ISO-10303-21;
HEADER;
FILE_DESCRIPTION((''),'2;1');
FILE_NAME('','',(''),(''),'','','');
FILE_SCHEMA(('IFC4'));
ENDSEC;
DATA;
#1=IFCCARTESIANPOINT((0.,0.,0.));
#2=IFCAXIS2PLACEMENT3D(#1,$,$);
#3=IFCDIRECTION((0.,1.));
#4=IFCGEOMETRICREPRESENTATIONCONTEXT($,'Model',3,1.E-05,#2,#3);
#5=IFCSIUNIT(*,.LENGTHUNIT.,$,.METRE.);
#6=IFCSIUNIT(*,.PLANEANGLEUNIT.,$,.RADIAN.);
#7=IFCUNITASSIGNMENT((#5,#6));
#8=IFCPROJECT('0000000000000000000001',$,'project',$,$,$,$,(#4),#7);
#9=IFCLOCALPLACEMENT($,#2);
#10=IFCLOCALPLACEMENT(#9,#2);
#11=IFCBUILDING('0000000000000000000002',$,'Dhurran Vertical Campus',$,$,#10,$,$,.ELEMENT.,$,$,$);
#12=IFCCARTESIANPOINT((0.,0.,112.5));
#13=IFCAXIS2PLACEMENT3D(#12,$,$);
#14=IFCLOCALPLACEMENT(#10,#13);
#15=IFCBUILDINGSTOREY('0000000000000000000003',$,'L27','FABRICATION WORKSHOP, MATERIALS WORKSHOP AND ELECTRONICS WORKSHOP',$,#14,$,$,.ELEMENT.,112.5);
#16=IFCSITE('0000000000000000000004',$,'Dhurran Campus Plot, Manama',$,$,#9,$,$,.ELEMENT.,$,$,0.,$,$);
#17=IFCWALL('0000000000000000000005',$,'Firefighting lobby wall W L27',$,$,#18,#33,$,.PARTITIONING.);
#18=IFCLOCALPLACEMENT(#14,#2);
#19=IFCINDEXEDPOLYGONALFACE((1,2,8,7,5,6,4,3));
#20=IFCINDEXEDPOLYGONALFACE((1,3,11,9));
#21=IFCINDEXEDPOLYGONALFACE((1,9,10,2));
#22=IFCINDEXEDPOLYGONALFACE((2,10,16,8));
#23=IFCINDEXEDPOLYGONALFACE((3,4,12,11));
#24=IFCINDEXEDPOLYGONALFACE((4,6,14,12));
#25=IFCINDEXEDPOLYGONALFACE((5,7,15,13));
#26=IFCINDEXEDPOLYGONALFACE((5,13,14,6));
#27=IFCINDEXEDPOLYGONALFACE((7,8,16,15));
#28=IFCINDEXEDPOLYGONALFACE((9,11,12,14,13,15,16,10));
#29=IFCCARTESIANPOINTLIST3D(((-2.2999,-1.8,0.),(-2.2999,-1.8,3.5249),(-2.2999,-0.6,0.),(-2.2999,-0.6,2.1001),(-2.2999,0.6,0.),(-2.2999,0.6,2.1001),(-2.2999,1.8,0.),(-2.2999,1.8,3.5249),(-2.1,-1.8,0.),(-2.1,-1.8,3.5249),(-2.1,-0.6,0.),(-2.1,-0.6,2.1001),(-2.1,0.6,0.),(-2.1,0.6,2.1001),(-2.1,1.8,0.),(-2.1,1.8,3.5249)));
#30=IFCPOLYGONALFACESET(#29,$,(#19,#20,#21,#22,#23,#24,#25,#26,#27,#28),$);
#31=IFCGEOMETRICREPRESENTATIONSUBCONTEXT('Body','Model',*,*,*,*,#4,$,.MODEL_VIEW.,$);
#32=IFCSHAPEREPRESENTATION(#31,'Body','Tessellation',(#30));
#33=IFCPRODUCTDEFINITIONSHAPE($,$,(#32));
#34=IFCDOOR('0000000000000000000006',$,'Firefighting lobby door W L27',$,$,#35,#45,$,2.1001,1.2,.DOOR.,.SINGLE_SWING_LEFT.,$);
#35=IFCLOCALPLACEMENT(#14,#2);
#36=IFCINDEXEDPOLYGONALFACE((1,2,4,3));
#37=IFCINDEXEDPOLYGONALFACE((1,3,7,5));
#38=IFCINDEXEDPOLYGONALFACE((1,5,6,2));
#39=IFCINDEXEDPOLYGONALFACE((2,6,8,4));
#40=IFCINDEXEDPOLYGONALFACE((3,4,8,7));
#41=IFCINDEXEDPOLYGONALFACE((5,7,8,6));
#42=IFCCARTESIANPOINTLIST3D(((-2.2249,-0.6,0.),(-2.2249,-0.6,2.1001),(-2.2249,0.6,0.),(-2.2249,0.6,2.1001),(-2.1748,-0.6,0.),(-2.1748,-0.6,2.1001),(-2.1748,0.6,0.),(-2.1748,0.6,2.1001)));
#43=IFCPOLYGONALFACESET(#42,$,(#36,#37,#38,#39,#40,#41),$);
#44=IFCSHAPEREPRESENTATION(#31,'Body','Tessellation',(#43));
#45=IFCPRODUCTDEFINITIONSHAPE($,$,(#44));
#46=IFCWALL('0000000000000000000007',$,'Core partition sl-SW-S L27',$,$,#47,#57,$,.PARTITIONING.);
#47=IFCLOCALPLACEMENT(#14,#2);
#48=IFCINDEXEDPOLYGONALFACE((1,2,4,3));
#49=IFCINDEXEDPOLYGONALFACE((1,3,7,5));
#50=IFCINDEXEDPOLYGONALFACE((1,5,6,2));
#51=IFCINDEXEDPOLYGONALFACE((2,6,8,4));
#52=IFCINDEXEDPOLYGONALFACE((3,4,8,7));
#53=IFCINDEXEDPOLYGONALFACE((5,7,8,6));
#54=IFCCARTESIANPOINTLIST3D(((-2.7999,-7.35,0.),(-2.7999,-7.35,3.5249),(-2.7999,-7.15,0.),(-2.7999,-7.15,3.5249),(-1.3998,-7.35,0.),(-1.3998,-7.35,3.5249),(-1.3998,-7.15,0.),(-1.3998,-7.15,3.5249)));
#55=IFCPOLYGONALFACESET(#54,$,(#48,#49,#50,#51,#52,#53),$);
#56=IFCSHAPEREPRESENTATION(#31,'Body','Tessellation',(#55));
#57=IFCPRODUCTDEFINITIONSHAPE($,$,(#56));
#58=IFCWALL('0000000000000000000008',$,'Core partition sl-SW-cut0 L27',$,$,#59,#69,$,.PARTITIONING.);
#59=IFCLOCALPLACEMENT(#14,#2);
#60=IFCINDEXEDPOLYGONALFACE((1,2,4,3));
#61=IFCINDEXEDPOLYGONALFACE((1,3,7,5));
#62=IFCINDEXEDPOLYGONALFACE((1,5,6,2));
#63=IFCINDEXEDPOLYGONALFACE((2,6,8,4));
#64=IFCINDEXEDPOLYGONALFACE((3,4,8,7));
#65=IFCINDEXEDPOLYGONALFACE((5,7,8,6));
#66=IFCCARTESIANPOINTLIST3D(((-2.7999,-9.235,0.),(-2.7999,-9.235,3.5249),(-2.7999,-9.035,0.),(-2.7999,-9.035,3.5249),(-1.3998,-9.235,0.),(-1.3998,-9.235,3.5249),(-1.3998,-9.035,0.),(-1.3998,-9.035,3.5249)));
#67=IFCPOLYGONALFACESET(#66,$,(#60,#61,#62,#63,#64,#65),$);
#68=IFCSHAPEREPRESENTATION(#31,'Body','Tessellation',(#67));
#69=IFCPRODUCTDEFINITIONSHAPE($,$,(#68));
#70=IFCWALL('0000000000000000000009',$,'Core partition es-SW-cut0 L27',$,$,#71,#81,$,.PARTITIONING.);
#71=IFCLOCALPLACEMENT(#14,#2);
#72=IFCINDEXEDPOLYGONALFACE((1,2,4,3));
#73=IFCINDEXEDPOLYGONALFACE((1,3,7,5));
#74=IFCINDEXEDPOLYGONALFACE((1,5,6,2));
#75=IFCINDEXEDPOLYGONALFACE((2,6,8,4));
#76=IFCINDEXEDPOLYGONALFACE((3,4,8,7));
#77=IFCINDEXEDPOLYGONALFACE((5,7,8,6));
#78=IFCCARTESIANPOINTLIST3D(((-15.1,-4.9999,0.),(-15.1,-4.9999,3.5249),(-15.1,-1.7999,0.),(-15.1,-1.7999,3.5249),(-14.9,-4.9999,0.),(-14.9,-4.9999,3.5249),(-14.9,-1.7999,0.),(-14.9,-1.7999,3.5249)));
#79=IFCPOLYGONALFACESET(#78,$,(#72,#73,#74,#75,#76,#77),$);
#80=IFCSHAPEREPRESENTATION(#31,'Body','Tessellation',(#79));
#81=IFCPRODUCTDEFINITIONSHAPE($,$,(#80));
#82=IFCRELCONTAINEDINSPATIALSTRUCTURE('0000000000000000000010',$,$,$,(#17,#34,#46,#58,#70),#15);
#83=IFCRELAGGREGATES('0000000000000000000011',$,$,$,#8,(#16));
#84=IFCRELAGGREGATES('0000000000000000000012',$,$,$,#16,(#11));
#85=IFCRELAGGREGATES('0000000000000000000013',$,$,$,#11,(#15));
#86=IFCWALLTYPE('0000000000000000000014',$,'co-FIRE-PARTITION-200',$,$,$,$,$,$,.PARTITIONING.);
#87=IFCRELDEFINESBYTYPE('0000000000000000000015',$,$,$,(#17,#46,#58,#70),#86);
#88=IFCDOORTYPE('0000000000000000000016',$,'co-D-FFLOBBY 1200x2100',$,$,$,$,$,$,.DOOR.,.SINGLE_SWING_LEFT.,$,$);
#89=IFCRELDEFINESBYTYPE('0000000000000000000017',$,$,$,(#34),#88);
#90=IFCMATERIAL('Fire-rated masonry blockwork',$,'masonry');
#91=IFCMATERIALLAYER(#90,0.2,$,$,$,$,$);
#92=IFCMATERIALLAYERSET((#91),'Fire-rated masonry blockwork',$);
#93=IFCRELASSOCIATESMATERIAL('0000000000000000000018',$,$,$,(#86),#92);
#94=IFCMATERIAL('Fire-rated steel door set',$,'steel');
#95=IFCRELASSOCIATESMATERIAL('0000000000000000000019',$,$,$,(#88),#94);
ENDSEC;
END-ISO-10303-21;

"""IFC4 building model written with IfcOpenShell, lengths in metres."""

from ifc_helpers import new_model, si_unit, direction, frame, frame_2d, origin, place, context, subcontext, project, spatial, rectangle, extrude, material, layer, layer_set, type_object, element, fill, save


model = new_model("IFC4")

# Units and contexts
model_context = context("Model", 3, precision=1e-05, world=origin(), true_north=direction((0.0, 1.0)))
body_context = subcontext(model_context, "Body", "Model", "MODEL_VIEW")
ifc_project = project(units=[si_unit("LENGTHUNIT", "METRE"), si_unit("PLANEANGLEUNIT", "RADIAN")], contexts=[model_context])

# Site, building, storey
site_placement = place(None, origin())
site = spatial("IfcSite", under=ifc_project, at=site_placement, Name="Dhurran Campus Plot, Manama", CompositionType="ELEMENT", RefElevation=0.0)
building_placement = place(site_placement, origin())
building = spatial("IfcBuilding", under=site, at=building_placement, Name="Dhurran Vertical Campus", CompositionType="ELEMENT")
storey_placement = place(building_placement, frame((0.0, 0.0, 112.5)))
storey = spatial("IfcBuildingStorey", under=building, at=storey_placement, Name="L27", Description="FABRICATION WORKSHOP, MATERIALS WORKSHOP AND ELECTRONICS WORKSHOP", CompositionType="ELEMENT", Elevation=112.5)

# Wall, opening, door
ifc_material_1 = material(Name="Fire-rated masonry blockwork", Category="masonry")
ifc_layer_1 = layer(ifc_material_1, 0.2)
ifc_layer_set_1 = layer_set([ifc_layer_1], Name="Fire-rated masonry blockwork")
wall_type_1 = type_object("IfcWallType", Name="co-FIRE-PARTITION-200", PredefinedType="PARTITIONING", material=ifc_layer_set_1)
wall_1_placement = place(storey_placement, frame((-2.2, -1.8, 0.0), z_axis=(0.0, 0.0, 1.0), x_axis=(0.0, 1.0, 0.0)))
wall_1 = element("IfcWall", 1, at=wall_1_placement, inside=storey, type_object=wall_type_1, Name="Firefighting lobby wall W L27", PredefinedType="PARTITIONING", context=body_context, shape_type="SweptSolid", body=[
    extrude(rectangle(XDim=3.6001, YDim=0.2, at=frame_2d((1.8, 0.0))), origin(), (0.0, 0.0, 1.0), 3.5249),
])
opening_1_placement = place(wall_1_placement, frame((1.2, 0.0, 0.0)))
opening_1 = element("IfcOpeningElement", 2, at=opening_1_placement, cuts=wall_1, PredefinedType="OPENING", context=body_context, shape_type="SweptSolid", body=[
    extrude(rectangle(XDim=1.2, YDim=2.1001, at=frame_2d((0.6001, 1.05))), frame((0.0, 0.1099, 0.0), z_axis=(0.0, -1.0, 0.0), x_axis=(1.0, 0.0, 0.0)), (0.0, 0.0, 1.0), 0.22),
])
ifc_material_2 = material(Name="Fire-rated steel door set", Category="steel")
door_type_1 = type_object("IfcDoorType", Name="co-D-FFLOBBY 1200x2100", OperationType="SINGLE_SWING_LEFT", PredefinedType="DOOR", material=ifc_material_2)
door_1_placement = place(opening_1_placement, origin())
door_1 = element("IfcDoor", 3, at=door_1_placement, inside=storey, type_object=door_type_1, Name="Firefighting lobby door W L27", OperationType="SINGLE_SWING_LEFT", OverallHeight=2.1001, OverallWidth=1.2, PredefinedType="DOOR", context=body_context, shape_type="SweptSolid", body=[
    extrude(rectangle(XDim=1.2, YDim=2.1001, at=frame_2d((0.6001, 1.05))), frame((0.0, 0.0249, 0.0), z_axis=(0.0, -1.0, 0.0), x_axis=(1.0, 0.0, 0.0)), (0.0, 0.0, 1.0), 0.05),
])
fill(opening_1, door_1)

# Walls
for number, where, z_axis, x_axis, name in (
    (4, (-2.8, -7.25, 0.0), (0.0, 0.0, 1.0), (1.0, 0.0, 0.0), "Core partition sl-SW-S L27"),
    (5, (-2.8, -9.135, 0.0), (0.0, 0.0, 1.0), (1.0, 0.0, 0.0), "Core partition sl-SW-cut0 L27"),
):
    element("IfcWall", number, at=place(storey_placement, frame(where, z_axis=z_axis, x_axis=x_axis)), inside=storey, type_object=wall_type_1, Name=name, PredefinedType="PARTITIONING", context=body_context, shape_type="SweptSolid", body=[
        extrude(rectangle(XDim=1.4001, YDim=0.2, at=frame_2d((0.7002, 0.0))), origin(), (0.0, 0.0, 1.0), 3.5249),
    ])
wall_2_placement = place(storey_placement, frame((-15.0, -5.0, 0.0), z_axis=(0.0, 0.0, 1.0), x_axis=(0.0, 1.0, 0.0)))
element("IfcWall", 6, at=wall_2_placement, inside=storey, type_object=wall_type_1, Name="Core partition es-SW-cut0 L27", PredefinedType="PARTITIONING", context=body_context, shape_type="SweptSolid", body=[
    extrude(rectangle(XDim=3.2, YDim=0.2, at=frame_2d((1.6001, 0.0))), origin(), (0.0, 0.0, 1.0), 3.5249),
])

save(model, "model.ifc")
